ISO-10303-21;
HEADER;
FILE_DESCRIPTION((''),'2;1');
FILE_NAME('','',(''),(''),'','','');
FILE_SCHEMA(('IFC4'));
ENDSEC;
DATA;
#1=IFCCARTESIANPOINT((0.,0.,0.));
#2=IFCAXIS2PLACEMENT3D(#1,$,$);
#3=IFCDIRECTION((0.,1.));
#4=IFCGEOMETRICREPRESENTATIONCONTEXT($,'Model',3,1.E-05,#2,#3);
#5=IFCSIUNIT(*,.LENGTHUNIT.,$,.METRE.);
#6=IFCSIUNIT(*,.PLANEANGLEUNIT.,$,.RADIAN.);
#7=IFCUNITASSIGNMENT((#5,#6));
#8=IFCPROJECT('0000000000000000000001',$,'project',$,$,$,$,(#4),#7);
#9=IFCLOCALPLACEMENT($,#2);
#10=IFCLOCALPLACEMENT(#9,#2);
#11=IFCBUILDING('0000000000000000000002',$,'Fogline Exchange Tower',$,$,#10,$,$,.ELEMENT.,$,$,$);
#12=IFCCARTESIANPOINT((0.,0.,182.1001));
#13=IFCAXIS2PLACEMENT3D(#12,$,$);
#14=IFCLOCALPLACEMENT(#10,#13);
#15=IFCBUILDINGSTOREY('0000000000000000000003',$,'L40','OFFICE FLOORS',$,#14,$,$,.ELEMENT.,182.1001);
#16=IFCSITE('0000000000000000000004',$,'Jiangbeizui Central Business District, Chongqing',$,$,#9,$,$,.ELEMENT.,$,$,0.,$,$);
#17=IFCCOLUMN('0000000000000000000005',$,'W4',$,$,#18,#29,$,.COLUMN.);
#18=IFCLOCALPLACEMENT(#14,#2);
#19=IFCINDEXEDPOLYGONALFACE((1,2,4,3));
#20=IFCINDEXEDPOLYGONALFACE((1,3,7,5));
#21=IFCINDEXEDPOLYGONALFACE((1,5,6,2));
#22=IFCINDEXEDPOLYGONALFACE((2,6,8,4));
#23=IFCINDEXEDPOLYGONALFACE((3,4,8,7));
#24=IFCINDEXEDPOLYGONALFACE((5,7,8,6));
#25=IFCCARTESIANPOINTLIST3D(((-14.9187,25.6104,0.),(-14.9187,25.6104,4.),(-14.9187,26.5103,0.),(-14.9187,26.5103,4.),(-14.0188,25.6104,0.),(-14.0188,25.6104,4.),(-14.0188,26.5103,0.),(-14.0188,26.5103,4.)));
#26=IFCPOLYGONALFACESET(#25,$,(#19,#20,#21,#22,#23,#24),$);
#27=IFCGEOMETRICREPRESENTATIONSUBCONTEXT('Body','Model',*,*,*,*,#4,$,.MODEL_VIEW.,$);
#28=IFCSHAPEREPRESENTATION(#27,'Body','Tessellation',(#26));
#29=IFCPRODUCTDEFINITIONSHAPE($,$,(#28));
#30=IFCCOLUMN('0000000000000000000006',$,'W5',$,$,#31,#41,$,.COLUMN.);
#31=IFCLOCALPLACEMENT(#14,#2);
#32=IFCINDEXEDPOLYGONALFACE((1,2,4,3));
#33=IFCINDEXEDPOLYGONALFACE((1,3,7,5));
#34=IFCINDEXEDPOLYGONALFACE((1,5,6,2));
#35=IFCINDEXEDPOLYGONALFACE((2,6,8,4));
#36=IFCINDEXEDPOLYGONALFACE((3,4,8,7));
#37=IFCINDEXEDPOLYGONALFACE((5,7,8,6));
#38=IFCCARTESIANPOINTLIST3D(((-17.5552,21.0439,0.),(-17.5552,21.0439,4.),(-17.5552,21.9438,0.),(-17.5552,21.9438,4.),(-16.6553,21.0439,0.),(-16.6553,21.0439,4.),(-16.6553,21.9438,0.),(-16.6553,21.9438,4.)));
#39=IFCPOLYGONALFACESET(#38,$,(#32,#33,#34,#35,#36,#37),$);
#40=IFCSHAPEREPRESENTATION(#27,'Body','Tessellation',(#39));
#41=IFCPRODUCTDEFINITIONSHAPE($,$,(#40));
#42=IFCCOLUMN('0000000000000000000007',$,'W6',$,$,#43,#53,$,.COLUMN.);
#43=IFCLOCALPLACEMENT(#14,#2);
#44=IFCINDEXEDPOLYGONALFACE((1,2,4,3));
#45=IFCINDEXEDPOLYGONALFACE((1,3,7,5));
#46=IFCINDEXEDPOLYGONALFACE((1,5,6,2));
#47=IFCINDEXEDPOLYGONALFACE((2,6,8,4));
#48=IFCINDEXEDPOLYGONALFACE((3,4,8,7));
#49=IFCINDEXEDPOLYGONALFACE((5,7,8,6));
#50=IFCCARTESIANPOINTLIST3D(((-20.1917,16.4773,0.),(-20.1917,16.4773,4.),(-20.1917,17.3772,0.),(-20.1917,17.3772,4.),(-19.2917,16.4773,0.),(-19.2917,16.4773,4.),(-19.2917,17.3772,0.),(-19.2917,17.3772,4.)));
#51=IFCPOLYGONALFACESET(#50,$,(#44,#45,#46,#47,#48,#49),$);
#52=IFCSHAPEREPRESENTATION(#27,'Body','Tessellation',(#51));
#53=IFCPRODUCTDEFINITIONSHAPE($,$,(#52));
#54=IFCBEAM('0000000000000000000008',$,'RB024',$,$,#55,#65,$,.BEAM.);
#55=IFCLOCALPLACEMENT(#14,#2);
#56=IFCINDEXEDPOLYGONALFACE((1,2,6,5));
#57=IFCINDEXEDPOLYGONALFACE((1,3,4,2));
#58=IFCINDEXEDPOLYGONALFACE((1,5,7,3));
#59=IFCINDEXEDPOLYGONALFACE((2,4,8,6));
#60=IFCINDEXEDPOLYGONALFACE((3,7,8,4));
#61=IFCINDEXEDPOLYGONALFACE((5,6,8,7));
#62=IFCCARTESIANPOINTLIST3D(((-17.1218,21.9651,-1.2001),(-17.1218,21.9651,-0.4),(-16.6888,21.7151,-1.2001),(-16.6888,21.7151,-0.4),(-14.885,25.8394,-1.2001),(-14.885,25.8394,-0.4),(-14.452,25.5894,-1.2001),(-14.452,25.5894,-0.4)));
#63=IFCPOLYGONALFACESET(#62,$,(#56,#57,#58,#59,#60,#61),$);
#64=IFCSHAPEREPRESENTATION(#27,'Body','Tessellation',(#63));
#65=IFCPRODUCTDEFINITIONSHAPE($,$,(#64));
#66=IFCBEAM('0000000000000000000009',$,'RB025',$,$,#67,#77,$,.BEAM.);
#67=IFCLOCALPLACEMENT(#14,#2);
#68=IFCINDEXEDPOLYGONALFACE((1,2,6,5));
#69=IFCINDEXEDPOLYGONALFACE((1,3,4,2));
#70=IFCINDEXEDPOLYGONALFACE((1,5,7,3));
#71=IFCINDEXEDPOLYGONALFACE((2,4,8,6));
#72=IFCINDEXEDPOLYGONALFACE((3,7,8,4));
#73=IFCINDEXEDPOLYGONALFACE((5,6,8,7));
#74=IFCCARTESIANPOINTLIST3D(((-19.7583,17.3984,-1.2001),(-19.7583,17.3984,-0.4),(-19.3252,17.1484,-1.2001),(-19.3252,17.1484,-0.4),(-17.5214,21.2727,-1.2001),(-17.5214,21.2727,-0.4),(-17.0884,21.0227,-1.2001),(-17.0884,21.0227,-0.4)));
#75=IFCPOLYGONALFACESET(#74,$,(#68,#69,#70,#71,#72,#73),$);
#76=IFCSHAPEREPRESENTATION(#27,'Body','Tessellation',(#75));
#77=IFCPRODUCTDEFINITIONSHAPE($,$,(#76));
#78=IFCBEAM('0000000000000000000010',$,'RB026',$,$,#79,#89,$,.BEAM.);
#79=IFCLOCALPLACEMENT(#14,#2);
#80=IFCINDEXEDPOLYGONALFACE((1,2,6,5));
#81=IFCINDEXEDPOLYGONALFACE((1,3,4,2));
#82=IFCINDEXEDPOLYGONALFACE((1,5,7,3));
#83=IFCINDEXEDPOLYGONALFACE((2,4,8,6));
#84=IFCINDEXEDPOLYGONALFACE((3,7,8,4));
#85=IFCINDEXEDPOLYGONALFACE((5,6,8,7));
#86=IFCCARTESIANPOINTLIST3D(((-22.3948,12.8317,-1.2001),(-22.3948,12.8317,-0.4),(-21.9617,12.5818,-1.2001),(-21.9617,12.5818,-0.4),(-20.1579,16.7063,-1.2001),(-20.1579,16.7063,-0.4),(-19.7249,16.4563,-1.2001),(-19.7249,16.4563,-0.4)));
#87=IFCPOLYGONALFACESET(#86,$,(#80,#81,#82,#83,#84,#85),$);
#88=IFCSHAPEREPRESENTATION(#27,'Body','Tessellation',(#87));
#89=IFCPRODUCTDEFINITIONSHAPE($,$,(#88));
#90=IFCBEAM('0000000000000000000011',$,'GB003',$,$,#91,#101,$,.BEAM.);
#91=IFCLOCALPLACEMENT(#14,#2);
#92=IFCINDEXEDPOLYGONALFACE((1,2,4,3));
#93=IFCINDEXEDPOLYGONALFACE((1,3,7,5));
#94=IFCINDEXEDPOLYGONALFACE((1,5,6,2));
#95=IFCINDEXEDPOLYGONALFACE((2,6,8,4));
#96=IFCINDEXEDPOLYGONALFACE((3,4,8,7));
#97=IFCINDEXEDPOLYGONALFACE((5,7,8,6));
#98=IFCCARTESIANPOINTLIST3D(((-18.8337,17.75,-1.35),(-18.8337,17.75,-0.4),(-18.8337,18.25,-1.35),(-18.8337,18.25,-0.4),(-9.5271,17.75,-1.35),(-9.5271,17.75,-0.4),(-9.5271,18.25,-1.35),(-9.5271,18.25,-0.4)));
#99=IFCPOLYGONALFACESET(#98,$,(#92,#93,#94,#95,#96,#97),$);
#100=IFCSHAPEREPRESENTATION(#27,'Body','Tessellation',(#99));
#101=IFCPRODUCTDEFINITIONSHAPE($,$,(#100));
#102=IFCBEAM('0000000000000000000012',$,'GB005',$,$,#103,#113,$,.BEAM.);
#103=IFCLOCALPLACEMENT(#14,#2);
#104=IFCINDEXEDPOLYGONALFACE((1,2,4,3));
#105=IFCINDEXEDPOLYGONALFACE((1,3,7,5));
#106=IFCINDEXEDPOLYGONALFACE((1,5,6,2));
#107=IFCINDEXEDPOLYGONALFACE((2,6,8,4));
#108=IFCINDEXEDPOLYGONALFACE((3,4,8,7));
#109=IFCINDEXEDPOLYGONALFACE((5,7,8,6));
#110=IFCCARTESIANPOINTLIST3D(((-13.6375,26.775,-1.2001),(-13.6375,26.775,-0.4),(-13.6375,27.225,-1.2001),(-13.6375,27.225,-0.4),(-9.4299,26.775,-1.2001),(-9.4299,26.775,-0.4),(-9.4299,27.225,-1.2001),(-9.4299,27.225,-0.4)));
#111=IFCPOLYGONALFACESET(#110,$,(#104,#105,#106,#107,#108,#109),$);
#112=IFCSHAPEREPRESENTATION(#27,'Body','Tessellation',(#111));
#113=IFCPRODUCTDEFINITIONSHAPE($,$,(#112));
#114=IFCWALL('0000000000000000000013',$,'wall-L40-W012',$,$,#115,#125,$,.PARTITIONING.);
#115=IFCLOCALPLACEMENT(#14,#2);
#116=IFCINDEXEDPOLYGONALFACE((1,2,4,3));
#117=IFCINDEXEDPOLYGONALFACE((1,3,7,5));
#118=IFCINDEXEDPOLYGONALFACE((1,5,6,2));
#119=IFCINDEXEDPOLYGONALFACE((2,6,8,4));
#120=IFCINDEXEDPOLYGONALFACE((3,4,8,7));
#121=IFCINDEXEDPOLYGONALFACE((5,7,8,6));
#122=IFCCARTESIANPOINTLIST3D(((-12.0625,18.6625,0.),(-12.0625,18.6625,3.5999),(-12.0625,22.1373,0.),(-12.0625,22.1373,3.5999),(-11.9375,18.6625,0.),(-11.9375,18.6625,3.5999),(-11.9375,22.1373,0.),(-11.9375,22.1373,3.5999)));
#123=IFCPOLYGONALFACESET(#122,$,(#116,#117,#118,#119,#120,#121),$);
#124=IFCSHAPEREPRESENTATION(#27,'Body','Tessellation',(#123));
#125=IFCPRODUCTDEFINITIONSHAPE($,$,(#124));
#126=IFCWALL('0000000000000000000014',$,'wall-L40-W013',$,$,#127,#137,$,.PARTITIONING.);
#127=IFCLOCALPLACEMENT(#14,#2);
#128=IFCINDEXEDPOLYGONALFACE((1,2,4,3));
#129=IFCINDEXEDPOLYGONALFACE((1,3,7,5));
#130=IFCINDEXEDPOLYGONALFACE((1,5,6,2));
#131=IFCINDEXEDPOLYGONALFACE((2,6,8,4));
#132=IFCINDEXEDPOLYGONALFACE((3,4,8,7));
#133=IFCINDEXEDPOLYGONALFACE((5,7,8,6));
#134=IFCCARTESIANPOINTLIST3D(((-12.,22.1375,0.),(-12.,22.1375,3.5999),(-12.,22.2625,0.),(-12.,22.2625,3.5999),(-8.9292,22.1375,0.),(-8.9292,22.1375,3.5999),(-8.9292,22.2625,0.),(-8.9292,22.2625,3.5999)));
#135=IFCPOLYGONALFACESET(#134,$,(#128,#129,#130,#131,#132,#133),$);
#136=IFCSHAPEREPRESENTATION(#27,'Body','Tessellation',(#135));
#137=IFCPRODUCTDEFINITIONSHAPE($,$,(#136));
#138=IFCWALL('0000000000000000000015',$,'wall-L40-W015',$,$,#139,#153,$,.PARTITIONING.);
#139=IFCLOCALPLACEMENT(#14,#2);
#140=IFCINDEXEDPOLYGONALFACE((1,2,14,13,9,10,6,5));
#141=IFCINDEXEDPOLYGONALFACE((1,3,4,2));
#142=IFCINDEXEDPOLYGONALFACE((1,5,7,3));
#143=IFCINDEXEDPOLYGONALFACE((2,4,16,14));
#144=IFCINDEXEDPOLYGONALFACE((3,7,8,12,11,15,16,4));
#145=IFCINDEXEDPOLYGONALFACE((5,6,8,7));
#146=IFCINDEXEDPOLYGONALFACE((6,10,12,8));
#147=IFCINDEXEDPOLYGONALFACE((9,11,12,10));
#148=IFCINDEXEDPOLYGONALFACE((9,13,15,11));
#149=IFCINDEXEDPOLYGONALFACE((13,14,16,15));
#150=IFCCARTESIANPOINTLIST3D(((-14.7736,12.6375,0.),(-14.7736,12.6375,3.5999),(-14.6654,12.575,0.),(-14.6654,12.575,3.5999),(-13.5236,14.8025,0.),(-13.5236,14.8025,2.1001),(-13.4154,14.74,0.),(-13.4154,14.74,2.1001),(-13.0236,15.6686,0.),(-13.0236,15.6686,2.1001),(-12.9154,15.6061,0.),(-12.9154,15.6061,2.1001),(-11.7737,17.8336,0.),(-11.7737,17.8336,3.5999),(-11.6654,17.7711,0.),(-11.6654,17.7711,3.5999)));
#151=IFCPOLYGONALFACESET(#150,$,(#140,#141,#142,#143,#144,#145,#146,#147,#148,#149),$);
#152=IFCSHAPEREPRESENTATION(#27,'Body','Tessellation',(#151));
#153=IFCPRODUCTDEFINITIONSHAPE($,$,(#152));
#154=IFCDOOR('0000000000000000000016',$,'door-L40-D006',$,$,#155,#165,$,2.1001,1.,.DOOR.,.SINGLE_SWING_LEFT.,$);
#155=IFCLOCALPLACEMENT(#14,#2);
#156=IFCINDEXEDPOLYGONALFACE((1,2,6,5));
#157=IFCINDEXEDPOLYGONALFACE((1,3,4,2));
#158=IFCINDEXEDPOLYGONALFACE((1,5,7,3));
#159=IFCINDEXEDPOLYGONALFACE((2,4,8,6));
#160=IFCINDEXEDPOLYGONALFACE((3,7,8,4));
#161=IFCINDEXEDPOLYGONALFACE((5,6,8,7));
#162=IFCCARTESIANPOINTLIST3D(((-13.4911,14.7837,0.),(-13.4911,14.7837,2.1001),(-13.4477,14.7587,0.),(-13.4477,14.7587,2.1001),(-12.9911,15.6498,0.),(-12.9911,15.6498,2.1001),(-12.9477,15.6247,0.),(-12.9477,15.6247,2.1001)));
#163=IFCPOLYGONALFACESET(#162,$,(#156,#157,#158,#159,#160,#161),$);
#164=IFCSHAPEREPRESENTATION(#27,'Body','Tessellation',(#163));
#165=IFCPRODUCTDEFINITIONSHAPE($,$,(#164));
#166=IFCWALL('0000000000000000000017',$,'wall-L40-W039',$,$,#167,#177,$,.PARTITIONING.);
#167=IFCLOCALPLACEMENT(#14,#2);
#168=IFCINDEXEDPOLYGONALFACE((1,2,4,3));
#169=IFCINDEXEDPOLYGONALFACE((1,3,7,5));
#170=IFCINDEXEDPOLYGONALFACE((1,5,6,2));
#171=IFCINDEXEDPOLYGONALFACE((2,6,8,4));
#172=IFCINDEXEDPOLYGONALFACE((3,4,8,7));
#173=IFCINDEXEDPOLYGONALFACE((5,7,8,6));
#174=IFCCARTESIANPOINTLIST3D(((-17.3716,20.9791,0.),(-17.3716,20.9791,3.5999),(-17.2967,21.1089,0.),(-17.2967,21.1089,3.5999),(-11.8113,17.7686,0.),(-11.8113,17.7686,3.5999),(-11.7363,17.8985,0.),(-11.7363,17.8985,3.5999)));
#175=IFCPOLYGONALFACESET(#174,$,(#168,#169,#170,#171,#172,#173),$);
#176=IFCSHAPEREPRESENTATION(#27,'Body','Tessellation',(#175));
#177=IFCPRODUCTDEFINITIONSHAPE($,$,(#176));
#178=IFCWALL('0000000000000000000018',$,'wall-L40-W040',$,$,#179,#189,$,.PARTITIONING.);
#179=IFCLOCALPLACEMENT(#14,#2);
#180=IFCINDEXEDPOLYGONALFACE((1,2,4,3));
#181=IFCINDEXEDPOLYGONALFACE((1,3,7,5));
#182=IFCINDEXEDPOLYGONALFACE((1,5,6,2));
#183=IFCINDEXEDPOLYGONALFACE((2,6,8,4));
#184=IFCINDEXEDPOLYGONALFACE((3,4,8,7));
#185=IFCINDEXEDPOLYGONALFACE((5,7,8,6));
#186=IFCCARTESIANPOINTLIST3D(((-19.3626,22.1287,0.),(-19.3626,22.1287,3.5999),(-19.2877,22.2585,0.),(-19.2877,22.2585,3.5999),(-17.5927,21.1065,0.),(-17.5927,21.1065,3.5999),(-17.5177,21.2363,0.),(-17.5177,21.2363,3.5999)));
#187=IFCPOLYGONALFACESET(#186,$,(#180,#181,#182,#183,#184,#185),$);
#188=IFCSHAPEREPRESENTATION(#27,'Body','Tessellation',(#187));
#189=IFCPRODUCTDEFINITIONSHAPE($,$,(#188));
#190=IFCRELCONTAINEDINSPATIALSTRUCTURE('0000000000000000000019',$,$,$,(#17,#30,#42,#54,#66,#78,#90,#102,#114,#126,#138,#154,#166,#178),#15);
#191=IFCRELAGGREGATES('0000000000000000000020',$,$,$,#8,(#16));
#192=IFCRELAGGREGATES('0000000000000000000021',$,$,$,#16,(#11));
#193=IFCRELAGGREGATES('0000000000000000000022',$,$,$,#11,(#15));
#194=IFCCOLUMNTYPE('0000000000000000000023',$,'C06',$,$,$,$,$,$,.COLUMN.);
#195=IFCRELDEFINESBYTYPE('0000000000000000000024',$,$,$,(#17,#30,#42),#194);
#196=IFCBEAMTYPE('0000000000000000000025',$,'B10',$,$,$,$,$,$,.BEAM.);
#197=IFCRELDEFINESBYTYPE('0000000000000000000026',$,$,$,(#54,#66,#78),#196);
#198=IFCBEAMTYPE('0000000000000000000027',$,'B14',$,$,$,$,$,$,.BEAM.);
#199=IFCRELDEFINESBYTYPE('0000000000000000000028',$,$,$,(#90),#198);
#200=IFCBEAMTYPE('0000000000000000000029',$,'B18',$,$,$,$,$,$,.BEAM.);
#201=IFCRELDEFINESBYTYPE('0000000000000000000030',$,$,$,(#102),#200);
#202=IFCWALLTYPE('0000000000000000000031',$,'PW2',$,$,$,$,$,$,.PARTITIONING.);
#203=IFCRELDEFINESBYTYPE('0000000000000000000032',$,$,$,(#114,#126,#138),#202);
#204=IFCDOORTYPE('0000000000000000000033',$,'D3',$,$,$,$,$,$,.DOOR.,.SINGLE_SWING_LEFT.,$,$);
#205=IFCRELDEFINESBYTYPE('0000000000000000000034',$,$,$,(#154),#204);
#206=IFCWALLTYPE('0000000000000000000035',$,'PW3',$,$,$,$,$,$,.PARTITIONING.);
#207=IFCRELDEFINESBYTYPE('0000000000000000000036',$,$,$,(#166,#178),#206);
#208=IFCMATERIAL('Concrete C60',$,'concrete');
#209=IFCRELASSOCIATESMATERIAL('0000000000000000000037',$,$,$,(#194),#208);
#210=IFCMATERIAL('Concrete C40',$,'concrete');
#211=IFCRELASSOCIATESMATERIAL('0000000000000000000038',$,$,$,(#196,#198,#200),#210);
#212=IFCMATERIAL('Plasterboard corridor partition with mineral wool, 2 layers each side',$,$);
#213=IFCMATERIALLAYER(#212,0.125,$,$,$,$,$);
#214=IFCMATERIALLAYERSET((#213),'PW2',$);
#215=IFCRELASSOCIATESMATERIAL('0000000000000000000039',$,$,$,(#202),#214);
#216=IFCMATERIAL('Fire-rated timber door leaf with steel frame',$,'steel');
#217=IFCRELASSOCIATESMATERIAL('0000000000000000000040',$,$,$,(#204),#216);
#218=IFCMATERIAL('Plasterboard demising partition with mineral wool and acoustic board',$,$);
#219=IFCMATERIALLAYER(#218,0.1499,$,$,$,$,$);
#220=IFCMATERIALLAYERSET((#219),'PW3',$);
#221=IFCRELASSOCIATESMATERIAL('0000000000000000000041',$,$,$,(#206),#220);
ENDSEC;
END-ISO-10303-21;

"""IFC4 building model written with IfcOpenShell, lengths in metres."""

from ifc_helpers import new_model, si_unit, direction, frame, frame_2d, origin, origin_2d, place, context, subcontext, project, spatial, rectangle, extrude, material, layer, layer_set, material_profile, profile_set, type_object, element, fill, save


model = new_model("IFC4")

# Units and contexts
model_context = context("Model", 3, precision=1e-05, world=origin(), true_north=direction((0.0, 1.0)))
body_context = subcontext(model_context, "Body", "Model", "MODEL_VIEW")
ifc_project = project(units=[si_unit("LENGTHUNIT", "METRE"), si_unit("PLANEANGLEUNIT", "RADIAN")], contexts=[model_context])

# Site, building, storey
site_placement = place(None, origin())
site = spatial("IfcSite", under=ifc_project, at=site_placement, Name="Jiangbeizui Central Business District, Chongqing", CompositionType="ELEMENT", RefElevation=0.0)
building_placement = place(site_placement, origin())
building = spatial("IfcBuilding", under=site, at=building_placement, Name="Fogline Exchange Tower", CompositionType="ELEMENT")
storey_placement = place(building_placement, frame((0.0, 0.0, 182.1001)))
storey = spatial("IfcBuildingStorey", under=building, at=storey_placement, Name="L40", Description="OFFICE FLOORS", CompositionType="ELEMENT", Elevation=182.1001)

# Columns
ifc_material_1 = material(Name="Concrete C60", Category="concrete")
ifc_material_profile_1 = material_profile(ifc_material_1, rectangle(XDim=0.8999, YDim=0.8999, at=origin_2d()), Name="RC 900x900")
ifc_profile_set_1 = profile_set([ifc_material_profile_1], Name="Concrete C60")
column_type = type_object("IfcColumnType", Name="C06", PredefinedType="COLUMN", material=ifc_profile_set_1)
for number, where, z_axis, x_axis, name in (
    (1, (-14.4688, 26.0603, 0.0), (0.0, 0.0, 1.0), (1.0, 0.0, 0.0), "W4"),
    (2, (-17.1052, 21.4939, 0.0), (0.0, 0.0, 1.0), (1.0, 0.0, 0.0), "W5"),
    (3, (-19.7417, 16.9272, 0.0), (0.0, 0.0, 1.0), (1.0, 0.0, 0.0), "W6"),
):
    element("IfcColumn", number, at=place(storey_placement, frame(where, z_axis=z_axis, x_axis=x_axis)), inside=storey, type_object=column_type, Name=name, PredefinedType="COLUMN", context=body_context, shape_type="SweptSolid", body=[
        extrude(rectangle(XDim=0.8999, YDim=0.8999, at=origin_2d()), origin(), (0.0, 0.0, 1.0), 4.0),
    ])

# Beams
ifc_material_2 = material(Name="Concrete C40", Category="concrete")
ifc_material_profile_2 = material_profile(ifc_material_2, rectangle(XDim=0.5, YDim=0.8, at=origin_2d()), Name="RC 500x800")
ifc_profile_set_2 = profile_set([ifc_material_profile_2], Name="Concrete C40")
beam_type_1 = type_object("IfcBeamType", Name="B10", PredefinedType="BEAM", material=ifc_profile_set_2)
for number, where, z_axis, x_axis, name in (
    (4, (-14.6685, 25.7144, -0.8), (-0.500001, -0.866025, 0.0), (0.866025, -0.500001, 0.0), "RB024"),
    (5, (-17.3049, 21.1477, -0.8), (-0.500001, -0.866025, 0.0), (0.866025, -0.500001, 0.0), "RB025"),
):
    element("IfcBeam", number, at=place(storey_placement, frame(where, z_axis=z_axis, x_axis=x_axis)), inside=storey, type_object=beam_type_1, Name=name, PredefinedType="BEAM", context=body_context, shape_type="SweptSolid", body=[
        extrude(rectangle(XDim=0.5, YDim=0.8, at=origin_2d()), origin(), (0.0, 0.0, 1.0), 4.4736),
    ])
beam_1_placement = place(storey_placement, frame((-19.9414, 16.5813, -0.8), z_axis=(-0.499978, -0.866038, 0.0), x_axis=(0.866038, -0.499978, 0.0)))
element("IfcBeam", 6, at=beam_1_placement, inside=storey, type_object=beam_type_1, Name="RB026", PredefinedType="BEAM", context=body_context, shape_type="SweptSolid", body=[
    extrude(rectangle(XDim=0.5, YDim=0.8, at=origin_2d()), origin(), (0.0, 0.0, 1.0), 4.4739),
])
ifc_material_profile_3 = material_profile(ifc_material_2, rectangle(XDim=0.5, YDim=0.95, at=origin_2d()), Name="RC 500x950")
ifc_profile_set_3 = profile_set([ifc_material_profile_3], Name="Concrete C40")
beam_type_2 = type_object("IfcBeamType", Name="B14", PredefinedType="BEAM", material=ifc_profile_set_3)
beam_2_placement = place(storey_placement, frame((-18.8337, 18.0, -0.875), z_axis=(1.0, 0.0, 0.0), x_axis=(0.0, 1.0, 0.0)))
element("IfcBeam", 7, at=beam_2_placement, inside=storey, type_object=beam_type_2, Name="GB003", PredefinedType="BEAM", context=body_context, shape_type="SweptSolid", body=[
    extrude(rectangle(XDim=0.5, YDim=0.95, at=origin_2d()), origin(), (0.0, 0.0, 1.0), 9.3066),
])
ifc_material_profile_4 = material_profile(ifc_material_2, rectangle(XDim=0.45, YDim=0.8, at=origin_2d()), Name="RC 450x800")
ifc_profile_set_4 = profile_set([ifc_material_profile_4], Name="Concrete C40")
beam_type_3 = type_object("IfcBeamType", Name="B18", PredefinedType="BEAM", material=ifc_profile_set_4)
beam_3_placement = place(storey_placement, frame((-13.6375, 27.0, -0.8), z_axis=(1.0, 0.0, 0.0), x_axis=(0.0, 1.0, 0.0)))
element("IfcBeam", 8, at=beam_3_placement, inside=storey, type_object=beam_type_3, Name="GB005", PredefinedType="BEAM", context=body_context, shape_type="SweptSolid", body=[
    extrude(rectangle(XDim=0.45, YDim=0.8, at=origin_2d()), origin(), (0.0, 0.0, 1.0), 4.2075),
])

# Walls
ifc_material_3 = material(Name="Plasterboard corridor partition with mineral wool, 2 layers each side")
ifc_layer_1 = layer(ifc_material_3, 0.125)
ifc_layer_set_1 = layer_set([ifc_layer_1], Name="PW2")
wall_type_1 = type_object("IfcWallType", Name="PW2", PredefinedType="PARTITIONING", material=ifc_layer_set_1)
wall_1_placement = place(storey_placement, frame((-12.0, 18.6626, 0.0), z_axis=(0.0, 0.0, 1.0), x_axis=(0.0, 1.0, 0.0)))
element("IfcWall", 9, at=wall_1_placement, inside=storey, type_object=wall_type_1, Name="wall-L40-W012", PredefinedType="PARTITIONING", context=body_context, shape_type="SweptSolid", body=[
    extrude(rectangle(XDim=3.4749, YDim=0.125, at=frame_2d((1.7373, 0.0))), origin(), (0.0, 0.0, 1.0), 3.5999),
])
wall_2_placement = place(storey_placement, frame((-12.0, 22.2, 0.0), z_axis=(0.0, 0.0, 1.0), x_axis=(1.0, 0.0, 0.0)))
element("IfcWall", 10, at=wall_2_placement, inside=storey, type_object=wall_type_1, Name="wall-L40-W013", PredefinedType="PARTITIONING", context=body_context, shape_type="SweptSolid", body=[
    extrude(rectangle(XDim=3.0708, YDim=0.125, at=frame_2d((1.5354, 0.0))), origin(), (0.0, 0.0, 1.0), 3.5999),
])

# Wall, opening, door
wall_3_placement = place(storey_placement, frame((-14.7195, 12.6062, 0.0), z_axis=(0.0, 0.0, 1.0), x_axis=(0.49999, 0.866031, 0.0)))
wall_3 = element("IfcWall", 11, at=wall_3_placement, inside=storey, type_object=wall_type_1, Name="wall-L40-W015", PredefinedType="PARTITIONING", context=body_context, shape_type="SweptSolid", body=[
    extrude(rectangle(XDim=6.0, YDim=0.125, at=frame_2d((3.0, 0.0))), origin(), (0.0, 0.0, 1.0), 3.5999),
])
opening_placement = place(wall_3_placement, frame((2.5, 0.0, 0.0)))
opening = element("IfcOpeningElement", 12, at=opening_placement, cuts=wall_3, PredefinedType="OPENING", context=body_context, shape_type="SweptSolid", body=[
    extrude(rectangle(XDim=1.0, YDim=2.1001, at=frame_2d((0.5, 1.05))), frame((0.0, 0.0725, 0.0), z_axis=(0.0, -1.0, 0.0), x_axis=(1.0, 0.0, 0.0)), (0.0, 0.0, 1.0), 0.145),
])
ifc_material_4 = material(Name="Fire-rated timber door leaf with steel frame", Category="steel")
door_type = type_object("IfcDoorType", Name="D3", OperationType="SINGLE_SWING_LEFT", PredefinedType="DOOR", material=ifc_material_4)
door_placement = place(opening_placement, origin())
door = element("IfcDoor", 13, at=door_placement, inside=storey, type_object=door_type, Name="door-L40-D006", OperationType="SINGLE_SWING_LEFT", OverallHeight=2.1001, OverallWidth=1.0, PredefinedType="DOOR", context=body_context, shape_type="SweptSolid", body=[
    extrude(rectangle(XDim=1.0, YDim=2.1001, at=frame_2d((0.5, 1.05))), frame((0.0, 0.0249, 0.0), z_axis=(0.0, -1.0, 0.0), x_axis=(1.0, 0.0, 0.0)), (0.0, 0.0, 1.0), 0.05),
])
fill(opening, door)

# Walls
ifc_material_5 = material(Name="Plasterboard demising partition with mineral wool and acoustic board")
ifc_layer_2 = layer(ifc_material_5, 0.1499)
ifc_layer_set_2 = layer_set([ifc_layer_2], Name="PW3")
wall_type_2 = type_object("IfcWallType", Name="PW3", PredefinedType="PARTITIONING", material=ifc_layer_set_2)
wall_4_placement = place(storey_placement, frame((-11.7737, 17.8335, 0.0), z_axis=(0.0, 0.0, 1.0), x_axis=(-0.866011, 0.500024, 0.0)))
element("IfcWall", 14, at=wall_4_placement, inside=storey, type_object=wall_type_2, Name="wall-L40-W039", PredefinedType="PARTITIONING", context=body_context, shape_type="SweptSolid", body=[
    extrude(rectangle(XDim=6.4207, YDim=0.1499, at=frame_2d((3.2104, 0.0))), origin(), (0.0, 0.0, 1.0), 3.5999),
])
wall_5_placement = place(storey_placement, frame((-17.5552, 21.1714, 0.0), z_axis=(0.0, 0.0, 1.0), x_axis=(-0.865963, 0.500108, 0.0)))
element("IfcWall", 15, at=wall_5_placement, inside=storey, type_object=wall_type_2, Name="wall-L40-W040", PredefinedType="PARTITIONING", context=body_context, shape_type="SweptSolid", body=[
    extrude(rectangle(XDim=2.0439, YDim=0.1499, at=frame_2d((1.022, 0.0))), origin(), (0.0, 0.0, 1.0), 3.5999),
])

save(model, "model.ifc")
